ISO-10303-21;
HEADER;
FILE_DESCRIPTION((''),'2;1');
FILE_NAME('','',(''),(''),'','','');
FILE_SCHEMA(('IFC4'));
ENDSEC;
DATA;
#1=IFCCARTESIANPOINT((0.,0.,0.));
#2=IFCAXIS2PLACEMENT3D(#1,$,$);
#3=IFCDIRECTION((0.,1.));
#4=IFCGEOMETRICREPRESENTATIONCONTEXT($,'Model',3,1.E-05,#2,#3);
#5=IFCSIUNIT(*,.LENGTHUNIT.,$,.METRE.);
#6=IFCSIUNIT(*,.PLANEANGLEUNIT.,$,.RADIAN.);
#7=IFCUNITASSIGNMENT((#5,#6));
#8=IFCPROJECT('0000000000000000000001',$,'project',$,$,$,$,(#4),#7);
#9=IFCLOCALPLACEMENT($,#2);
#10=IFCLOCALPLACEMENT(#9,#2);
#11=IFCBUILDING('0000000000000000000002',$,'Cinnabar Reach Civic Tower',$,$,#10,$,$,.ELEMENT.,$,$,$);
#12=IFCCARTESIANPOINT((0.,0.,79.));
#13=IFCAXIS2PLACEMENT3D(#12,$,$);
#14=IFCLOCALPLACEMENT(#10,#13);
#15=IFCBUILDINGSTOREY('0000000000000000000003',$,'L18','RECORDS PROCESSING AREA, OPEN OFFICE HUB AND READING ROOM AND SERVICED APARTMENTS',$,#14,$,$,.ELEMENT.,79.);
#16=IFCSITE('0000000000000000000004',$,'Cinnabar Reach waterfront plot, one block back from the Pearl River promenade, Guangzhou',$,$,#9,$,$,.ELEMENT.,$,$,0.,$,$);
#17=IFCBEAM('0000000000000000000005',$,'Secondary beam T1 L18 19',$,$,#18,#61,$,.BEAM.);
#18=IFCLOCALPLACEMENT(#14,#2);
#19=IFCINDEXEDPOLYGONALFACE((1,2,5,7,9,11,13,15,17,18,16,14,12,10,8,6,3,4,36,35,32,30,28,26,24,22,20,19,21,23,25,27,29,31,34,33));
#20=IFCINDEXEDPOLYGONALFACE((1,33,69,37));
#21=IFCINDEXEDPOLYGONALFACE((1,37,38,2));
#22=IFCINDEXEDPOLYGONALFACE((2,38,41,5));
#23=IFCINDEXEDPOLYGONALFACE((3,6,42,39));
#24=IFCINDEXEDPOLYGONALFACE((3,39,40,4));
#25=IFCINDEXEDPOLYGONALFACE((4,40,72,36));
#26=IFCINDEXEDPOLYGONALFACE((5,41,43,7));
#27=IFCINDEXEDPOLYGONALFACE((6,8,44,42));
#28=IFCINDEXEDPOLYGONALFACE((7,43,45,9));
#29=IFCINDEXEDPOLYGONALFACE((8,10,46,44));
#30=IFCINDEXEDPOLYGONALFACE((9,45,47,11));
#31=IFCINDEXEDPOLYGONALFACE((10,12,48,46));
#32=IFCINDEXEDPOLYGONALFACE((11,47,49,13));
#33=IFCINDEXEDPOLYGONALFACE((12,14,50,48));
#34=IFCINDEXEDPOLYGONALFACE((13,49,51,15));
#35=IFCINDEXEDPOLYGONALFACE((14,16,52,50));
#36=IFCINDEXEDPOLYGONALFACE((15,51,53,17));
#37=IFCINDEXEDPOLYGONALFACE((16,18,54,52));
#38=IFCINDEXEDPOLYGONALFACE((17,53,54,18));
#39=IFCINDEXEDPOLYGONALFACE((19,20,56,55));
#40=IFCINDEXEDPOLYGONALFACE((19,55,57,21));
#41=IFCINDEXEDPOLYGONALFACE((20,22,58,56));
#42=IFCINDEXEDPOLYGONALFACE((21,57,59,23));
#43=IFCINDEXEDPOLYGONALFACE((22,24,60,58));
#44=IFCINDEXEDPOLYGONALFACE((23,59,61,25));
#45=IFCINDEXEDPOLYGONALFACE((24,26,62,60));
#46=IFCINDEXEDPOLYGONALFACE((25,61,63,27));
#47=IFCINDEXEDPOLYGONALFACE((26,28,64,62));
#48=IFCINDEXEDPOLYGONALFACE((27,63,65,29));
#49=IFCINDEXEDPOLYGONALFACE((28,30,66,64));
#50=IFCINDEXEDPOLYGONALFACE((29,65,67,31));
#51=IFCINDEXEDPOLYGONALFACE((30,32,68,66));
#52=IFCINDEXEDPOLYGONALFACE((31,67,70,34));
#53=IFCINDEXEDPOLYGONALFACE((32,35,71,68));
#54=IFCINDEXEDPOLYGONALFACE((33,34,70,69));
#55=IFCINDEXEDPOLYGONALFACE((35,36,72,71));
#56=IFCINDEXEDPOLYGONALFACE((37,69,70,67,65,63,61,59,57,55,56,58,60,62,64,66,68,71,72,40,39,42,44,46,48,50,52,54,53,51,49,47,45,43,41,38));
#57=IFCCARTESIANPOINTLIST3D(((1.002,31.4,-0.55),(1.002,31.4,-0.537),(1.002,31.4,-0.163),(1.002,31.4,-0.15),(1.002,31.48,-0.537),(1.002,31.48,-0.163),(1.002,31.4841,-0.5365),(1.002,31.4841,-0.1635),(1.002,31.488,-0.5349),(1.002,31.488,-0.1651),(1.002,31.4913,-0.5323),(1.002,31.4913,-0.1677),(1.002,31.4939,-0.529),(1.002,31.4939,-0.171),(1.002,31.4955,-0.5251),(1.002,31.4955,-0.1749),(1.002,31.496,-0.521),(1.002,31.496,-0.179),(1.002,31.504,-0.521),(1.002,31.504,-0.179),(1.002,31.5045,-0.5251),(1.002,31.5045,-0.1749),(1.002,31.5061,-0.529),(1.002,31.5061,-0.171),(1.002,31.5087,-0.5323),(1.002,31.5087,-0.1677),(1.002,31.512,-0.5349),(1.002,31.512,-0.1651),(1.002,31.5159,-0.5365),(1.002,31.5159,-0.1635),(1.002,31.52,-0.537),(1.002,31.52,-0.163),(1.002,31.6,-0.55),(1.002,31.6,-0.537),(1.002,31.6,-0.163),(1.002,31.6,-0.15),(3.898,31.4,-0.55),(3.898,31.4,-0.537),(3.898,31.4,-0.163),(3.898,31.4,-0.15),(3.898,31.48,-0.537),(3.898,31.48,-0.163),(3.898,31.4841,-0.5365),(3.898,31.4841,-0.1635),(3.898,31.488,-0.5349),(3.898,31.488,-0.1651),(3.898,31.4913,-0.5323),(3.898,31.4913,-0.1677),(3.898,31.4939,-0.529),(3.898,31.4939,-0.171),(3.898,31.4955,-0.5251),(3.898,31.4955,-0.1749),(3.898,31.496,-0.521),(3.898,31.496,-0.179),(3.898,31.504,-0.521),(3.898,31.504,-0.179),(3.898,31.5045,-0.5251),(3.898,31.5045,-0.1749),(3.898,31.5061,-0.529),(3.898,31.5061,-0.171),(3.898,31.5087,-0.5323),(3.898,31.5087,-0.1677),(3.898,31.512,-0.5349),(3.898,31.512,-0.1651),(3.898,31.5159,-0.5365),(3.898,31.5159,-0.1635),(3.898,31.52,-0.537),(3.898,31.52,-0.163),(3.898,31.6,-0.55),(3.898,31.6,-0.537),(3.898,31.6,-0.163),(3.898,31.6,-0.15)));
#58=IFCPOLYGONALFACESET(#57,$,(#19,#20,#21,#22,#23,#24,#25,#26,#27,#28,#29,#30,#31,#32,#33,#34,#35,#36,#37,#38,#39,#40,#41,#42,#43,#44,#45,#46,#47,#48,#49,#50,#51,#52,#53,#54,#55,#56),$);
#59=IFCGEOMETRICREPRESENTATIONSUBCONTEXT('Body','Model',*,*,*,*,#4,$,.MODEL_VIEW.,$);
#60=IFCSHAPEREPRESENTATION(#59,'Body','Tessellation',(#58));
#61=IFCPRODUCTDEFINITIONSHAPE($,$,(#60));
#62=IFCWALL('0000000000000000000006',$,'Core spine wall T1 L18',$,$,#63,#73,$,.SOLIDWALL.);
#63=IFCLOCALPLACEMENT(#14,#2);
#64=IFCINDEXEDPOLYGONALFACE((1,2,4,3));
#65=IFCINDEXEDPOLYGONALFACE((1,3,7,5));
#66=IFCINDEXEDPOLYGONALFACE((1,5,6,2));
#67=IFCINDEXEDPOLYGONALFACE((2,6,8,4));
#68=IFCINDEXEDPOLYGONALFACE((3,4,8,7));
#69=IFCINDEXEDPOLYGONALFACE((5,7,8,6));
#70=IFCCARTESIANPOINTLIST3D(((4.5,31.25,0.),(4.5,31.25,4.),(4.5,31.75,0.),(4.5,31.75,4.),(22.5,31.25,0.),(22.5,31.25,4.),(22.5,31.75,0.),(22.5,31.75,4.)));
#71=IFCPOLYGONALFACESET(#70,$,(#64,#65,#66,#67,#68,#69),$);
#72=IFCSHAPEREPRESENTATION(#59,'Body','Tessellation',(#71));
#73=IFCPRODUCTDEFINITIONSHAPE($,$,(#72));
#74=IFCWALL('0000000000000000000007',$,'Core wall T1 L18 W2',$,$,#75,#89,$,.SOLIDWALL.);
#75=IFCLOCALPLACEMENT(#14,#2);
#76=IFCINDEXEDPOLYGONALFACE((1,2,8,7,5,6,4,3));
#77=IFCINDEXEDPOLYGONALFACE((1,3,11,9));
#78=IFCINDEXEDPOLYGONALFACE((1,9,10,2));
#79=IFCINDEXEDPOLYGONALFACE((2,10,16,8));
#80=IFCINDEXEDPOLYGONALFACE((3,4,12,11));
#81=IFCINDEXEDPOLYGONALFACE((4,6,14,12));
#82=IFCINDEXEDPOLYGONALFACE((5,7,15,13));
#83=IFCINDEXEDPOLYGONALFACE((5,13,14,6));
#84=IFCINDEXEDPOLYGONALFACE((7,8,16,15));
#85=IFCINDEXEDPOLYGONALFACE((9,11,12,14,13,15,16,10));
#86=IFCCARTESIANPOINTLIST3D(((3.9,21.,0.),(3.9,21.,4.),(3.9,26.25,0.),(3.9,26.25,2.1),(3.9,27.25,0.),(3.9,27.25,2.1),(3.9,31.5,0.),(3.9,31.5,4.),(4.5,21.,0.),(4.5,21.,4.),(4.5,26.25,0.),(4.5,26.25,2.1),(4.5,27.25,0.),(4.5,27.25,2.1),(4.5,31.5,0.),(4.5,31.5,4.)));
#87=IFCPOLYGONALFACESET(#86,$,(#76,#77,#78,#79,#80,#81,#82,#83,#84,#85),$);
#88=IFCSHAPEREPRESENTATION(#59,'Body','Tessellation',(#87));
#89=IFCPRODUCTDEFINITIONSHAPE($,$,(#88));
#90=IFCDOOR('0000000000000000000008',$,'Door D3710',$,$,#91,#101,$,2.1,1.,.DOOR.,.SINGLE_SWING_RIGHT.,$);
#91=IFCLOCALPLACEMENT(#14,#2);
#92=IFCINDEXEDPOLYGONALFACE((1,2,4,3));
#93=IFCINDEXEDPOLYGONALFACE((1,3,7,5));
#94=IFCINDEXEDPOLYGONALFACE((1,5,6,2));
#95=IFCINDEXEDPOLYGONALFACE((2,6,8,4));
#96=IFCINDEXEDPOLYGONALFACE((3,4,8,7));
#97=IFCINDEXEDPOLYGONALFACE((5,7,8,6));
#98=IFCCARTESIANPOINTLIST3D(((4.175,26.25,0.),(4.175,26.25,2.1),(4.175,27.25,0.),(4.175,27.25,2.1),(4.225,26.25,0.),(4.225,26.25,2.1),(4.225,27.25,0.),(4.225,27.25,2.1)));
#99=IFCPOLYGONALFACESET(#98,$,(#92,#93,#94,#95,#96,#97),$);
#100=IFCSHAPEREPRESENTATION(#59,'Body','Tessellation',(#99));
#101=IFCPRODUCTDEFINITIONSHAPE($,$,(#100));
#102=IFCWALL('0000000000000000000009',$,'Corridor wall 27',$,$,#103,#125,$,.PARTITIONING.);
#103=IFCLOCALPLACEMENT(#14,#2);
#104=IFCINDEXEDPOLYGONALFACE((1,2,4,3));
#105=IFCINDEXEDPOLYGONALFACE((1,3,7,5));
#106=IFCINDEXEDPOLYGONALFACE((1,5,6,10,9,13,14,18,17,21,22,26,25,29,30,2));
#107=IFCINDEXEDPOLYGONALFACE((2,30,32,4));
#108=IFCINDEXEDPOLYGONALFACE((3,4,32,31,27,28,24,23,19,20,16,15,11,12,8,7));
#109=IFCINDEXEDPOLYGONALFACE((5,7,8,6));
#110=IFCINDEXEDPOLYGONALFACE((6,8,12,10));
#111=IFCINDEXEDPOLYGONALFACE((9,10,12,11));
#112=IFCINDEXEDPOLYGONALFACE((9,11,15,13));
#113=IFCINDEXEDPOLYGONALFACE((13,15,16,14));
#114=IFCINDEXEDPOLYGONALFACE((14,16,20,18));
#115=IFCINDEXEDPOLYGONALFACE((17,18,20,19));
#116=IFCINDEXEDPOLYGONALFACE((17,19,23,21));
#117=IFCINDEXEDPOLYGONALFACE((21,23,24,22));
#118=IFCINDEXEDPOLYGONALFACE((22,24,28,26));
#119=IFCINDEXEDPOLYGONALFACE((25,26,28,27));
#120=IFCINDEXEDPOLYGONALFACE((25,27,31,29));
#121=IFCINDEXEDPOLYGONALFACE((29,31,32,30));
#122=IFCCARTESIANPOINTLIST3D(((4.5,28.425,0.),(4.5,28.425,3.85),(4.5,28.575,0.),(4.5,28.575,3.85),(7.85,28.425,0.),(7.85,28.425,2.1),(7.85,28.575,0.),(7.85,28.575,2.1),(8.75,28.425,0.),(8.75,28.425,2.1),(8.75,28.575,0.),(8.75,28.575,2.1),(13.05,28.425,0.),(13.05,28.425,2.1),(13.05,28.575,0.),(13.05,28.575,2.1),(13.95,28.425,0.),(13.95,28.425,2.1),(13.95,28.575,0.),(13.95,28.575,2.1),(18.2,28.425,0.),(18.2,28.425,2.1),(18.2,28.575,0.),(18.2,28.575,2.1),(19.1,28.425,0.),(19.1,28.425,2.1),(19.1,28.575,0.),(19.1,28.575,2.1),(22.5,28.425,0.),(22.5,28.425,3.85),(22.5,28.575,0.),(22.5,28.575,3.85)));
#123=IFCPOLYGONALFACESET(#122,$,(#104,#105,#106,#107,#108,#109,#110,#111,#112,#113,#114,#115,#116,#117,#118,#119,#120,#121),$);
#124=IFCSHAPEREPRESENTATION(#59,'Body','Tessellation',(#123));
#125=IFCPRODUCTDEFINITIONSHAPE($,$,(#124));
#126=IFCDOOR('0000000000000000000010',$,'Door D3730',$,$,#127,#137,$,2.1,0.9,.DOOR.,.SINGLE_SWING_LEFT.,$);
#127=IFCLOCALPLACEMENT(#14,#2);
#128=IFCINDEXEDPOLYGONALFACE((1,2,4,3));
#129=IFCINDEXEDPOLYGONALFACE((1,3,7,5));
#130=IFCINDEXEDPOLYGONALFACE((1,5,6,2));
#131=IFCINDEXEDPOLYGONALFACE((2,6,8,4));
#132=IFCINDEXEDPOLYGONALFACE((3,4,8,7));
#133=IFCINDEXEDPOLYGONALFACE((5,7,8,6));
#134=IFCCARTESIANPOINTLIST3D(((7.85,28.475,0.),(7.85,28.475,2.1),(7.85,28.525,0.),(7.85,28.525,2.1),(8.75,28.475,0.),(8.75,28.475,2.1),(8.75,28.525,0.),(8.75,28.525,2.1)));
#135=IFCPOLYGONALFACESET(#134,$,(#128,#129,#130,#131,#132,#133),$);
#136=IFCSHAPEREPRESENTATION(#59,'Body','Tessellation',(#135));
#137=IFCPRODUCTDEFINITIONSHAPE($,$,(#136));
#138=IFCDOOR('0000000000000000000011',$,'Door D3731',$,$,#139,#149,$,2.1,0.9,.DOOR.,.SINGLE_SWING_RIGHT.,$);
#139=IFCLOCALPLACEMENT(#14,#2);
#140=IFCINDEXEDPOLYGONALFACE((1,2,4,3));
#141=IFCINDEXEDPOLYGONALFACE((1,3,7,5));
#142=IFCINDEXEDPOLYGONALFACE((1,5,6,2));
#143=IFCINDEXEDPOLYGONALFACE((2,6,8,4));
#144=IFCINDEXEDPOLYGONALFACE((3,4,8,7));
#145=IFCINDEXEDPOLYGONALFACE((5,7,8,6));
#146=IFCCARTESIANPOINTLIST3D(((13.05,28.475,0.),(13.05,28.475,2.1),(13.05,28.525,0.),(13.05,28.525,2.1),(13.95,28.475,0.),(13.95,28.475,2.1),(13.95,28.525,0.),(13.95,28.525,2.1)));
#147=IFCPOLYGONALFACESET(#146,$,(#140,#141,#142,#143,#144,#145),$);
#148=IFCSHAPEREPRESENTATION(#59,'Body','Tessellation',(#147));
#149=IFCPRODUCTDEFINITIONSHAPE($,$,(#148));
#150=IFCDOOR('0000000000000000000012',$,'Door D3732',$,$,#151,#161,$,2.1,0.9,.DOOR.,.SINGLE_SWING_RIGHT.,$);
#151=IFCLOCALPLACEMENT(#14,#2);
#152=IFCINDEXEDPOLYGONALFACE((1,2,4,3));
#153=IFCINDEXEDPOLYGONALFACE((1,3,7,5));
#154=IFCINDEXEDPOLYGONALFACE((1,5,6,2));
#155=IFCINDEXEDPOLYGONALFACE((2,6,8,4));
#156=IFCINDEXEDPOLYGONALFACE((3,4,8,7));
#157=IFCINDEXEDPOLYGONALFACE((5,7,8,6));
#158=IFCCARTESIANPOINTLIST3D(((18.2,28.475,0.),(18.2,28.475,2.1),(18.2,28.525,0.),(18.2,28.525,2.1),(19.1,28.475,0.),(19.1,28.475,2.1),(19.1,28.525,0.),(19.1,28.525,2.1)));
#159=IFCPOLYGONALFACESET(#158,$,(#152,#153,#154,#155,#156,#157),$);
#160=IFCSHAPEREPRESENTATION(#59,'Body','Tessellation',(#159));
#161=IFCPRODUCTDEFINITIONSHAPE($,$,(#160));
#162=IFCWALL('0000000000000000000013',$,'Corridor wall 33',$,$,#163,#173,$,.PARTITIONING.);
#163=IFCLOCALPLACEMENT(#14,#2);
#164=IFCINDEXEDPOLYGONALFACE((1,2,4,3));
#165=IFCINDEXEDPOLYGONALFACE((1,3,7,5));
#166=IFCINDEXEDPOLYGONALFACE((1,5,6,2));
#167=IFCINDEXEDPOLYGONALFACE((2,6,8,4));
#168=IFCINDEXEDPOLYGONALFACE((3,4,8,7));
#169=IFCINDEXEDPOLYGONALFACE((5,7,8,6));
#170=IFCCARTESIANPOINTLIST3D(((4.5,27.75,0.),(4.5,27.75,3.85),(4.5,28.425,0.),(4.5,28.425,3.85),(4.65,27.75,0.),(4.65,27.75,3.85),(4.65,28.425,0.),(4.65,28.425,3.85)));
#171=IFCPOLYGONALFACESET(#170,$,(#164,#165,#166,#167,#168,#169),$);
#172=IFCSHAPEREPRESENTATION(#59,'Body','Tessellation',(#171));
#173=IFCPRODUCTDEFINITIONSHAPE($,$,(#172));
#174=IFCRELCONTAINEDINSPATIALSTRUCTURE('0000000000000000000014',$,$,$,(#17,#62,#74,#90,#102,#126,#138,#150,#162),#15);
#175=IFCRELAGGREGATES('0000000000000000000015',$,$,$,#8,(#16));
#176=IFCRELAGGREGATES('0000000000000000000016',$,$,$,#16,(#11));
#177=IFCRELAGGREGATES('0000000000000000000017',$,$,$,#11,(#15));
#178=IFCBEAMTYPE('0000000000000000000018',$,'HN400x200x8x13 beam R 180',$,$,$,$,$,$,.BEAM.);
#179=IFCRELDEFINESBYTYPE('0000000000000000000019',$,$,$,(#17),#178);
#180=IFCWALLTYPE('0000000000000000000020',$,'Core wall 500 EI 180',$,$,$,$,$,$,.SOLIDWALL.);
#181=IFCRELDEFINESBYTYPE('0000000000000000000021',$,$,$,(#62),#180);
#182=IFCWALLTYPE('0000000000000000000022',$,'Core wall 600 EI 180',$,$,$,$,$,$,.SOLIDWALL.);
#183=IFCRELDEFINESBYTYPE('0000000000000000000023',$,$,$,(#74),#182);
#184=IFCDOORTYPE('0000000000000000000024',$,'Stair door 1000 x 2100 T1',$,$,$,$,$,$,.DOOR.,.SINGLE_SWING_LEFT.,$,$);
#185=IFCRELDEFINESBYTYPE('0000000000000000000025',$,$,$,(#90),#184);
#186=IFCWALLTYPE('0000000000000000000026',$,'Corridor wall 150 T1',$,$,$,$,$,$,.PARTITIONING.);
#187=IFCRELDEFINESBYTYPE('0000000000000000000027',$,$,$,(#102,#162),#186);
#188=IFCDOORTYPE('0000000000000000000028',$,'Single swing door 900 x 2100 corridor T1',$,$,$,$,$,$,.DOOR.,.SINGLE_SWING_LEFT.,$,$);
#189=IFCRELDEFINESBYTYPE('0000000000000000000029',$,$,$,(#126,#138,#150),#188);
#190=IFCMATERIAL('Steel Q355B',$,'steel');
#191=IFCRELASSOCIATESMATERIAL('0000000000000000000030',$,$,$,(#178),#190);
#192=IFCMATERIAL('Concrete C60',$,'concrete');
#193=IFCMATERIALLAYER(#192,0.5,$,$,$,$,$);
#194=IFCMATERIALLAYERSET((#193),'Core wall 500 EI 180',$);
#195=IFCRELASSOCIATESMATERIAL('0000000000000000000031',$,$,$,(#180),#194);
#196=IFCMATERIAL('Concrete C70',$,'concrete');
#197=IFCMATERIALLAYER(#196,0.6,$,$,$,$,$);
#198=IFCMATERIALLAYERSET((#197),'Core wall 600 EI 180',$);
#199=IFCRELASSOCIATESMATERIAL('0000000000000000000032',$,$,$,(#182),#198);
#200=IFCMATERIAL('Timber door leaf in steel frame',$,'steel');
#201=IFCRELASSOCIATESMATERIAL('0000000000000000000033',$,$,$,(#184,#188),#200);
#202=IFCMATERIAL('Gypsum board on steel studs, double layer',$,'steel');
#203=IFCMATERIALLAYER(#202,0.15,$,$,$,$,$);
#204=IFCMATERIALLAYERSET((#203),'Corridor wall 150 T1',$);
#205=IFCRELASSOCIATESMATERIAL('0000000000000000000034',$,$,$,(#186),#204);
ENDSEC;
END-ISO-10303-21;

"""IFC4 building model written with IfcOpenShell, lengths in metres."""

from ifc_helpers import new_model, si_unit, direction, frame, frame_2d, origin, origin_2d, place, context, subcontext, project, spatial, rectangle, i_section, extrude, material, layer, layer_set, material_profile, profile_set, type_object, element, fill, save


model = new_model("IFC4")

# Units and contexts
model_context = context("Model", 3, precision=1e-05, world=origin(), true_north=direction((0.0, 1.0)))
body_context = subcontext(model_context, "Body", "Model", "MODEL_VIEW")
ifc_project = project(units=[si_unit("LENGTHUNIT", "METRE"), si_unit("PLANEANGLEUNIT", "RADIAN")], contexts=[model_context])

# Site, building, storey
site_placement = place(None, origin())
site = spatial("IfcSite", under=ifc_project, at=site_placement, Name="Cinnabar Reach waterfront plot, one block back from the Pearl River promenade, Guangzhou", CompositionType="ELEMENT", RefElevation=0.0)
building_placement = place(site_placement, origin())
building = spatial("IfcBuilding", under=site, at=building_placement, Name="Cinnabar Reach Civic Tower", CompositionType="ELEMENT")
storey_placement = place(building_placement, frame((0.0, 0.0, 79.0)))
storey = spatial("IfcBuildingStorey", under=building, at=storey_placement, Name="L18", Description="RECORDS PROCESSING AREA, OPEN OFFICE HUB AND READING ROOM AND SERVICED APARTMENTS", CompositionType="ELEMENT", Elevation=79.0)

# Beam
ifc_material_1 = material(Name="Steel Q355B", Category="steel")
ifc_material_profile = material_profile(ifc_material_1, i_section(OverallWidth=0.2, OverallDepth=0.4, WebThickness=0.008, FlangeThickness=0.013, FilletRadius=0.016, at=origin_2d()), Name="HN400x200x8x13")
ifc_profile_set = profile_set([ifc_material_profile], Name="Steel Q355B")
beam_type = type_object("IfcBeamType", Name="HN400x200x8x13 beam R 180", PredefinedType="BEAM", material=ifc_profile_set)
beam_placement = place(storey_placement, frame((1.002, 31.5, -0.35), z_axis=(1.0, 0.0, 0.0), x_axis=(0.0, 1.0, 0.0)))
element("IfcBeam", 1, at=beam_placement, inside=storey, type_object=beam_type, Name="Secondary beam T1 L18 19", PredefinedType="BEAM", context=body_context, shape_type="SweptSolid", body=[
    extrude(i_section(OverallWidth=0.2, OverallDepth=0.4, WebThickness=0.008, FlangeThickness=0.013, FilletRadius=0.016, at=origin_2d()), origin(), (0.0, 0.0, 1.0), 2.896),
])

# Wall
ifc_material_2 = material(Name="Concrete C60", Category="concrete")
ifc_layer_1 = layer(ifc_material_2, 0.5)
ifc_layer_set_1 = layer_set([ifc_layer_1], Name="Core wall 500 EI 180")
wall_type_1 = type_object("IfcWallType", Name="Core wall 500 EI 180", PredefinedType="SOLIDWALL", material=ifc_layer_set_1)
wall_1_placement = place(storey_placement, frame((4.5, 31.5, 0.0), z_axis=(0.0, 0.0, 1.0), x_axis=(1.0, 0.0, 0.0)))
element("IfcWall", 2, at=wall_1_placement, inside=storey, type_object=wall_type_1, Name="Core spine wall T1 L18", PredefinedType="SOLIDWALL", context=body_context, shape_type="SweptSolid", body=[
    extrude(rectangle(XDim=18.0, YDim=0.5, at=frame_2d((9.0, 0.0))), origin(), (0.0, 0.0, 1.0), 4.0),
])

# Wall, opening, door
ifc_material_3 = material(Name="Concrete C70", Category="concrete")
ifc_layer_2 = layer(ifc_material_3, 0.6)
ifc_layer_set_2 = layer_set([ifc_layer_2], Name="Core wall 600 EI 180")
wall_type_2 = type_object("IfcWallType", Name="Core wall 600 EI 180", PredefinedType="SOLIDWALL", material=ifc_layer_set_2)
wall_2_placement = place(storey_placement, frame((4.2, 31.5, 0.0), z_axis=(0.0, 0.0, 1.0), x_axis=(0.0, -1.0, 0.0)))
wall_2 = element("IfcWall", 3, at=wall_2_placement, inside=storey, type_object=wall_type_2, Name="Core wall T1 L18 W2", PredefinedType="SOLIDWALL", context=body_context, shape_type="SweptSolid", body=[
    extrude(rectangle(XDim=10.5, YDim=0.6, at=frame_2d((5.25, 0.0))), origin(), (0.0, 0.0, 1.0), 4.0),
])
opening_1_placement = place(wall_2_placement, frame((4.25, 0.0, 0.0)))
opening_1 = element("IfcOpeningElement", 4, at=opening_1_placement, cuts=wall_2, PredefinedType="OPENING", context=body_context, shape_type="SweptSolid", body=[
    extrude(rectangle(XDim=1.0, YDim=2.1, at=frame_2d((0.5, 1.05))), frame((0.0, 0.31, 0.0), z_axis=(0.0, -1.0, 0.0), x_axis=(1.0, 0.0, 0.0)), (0.0, 0.0, 1.0), 0.62),
])
ifc_material_4 = material(Name="Timber door leaf in steel frame", Category="steel")
door_type_1 = type_object("IfcDoorType", Name="Stair door 1000 x 2100 T1", OperationType="SINGLE_SWING_LEFT", PredefinedType="DOOR", material=ifc_material_4)
door_1_placement = place(opening_1_placement, frame((1.0, 0.0, 0.0), z_axis=(0.0, 0.0, 1.0), x_axis=(-1.0, 0.0, 0.0)))
door_1 = element("IfcDoor", 5, at=door_1_placement, inside=storey, type_object=door_type_1, Name="Door D3710", OperationType="SINGLE_SWING_RIGHT", OverallHeight=2.1, OverallWidth=1.0, PredefinedType="DOOR", context=body_context, shape_type="SweptSolid", body=[
    extrude(rectangle(XDim=1.0, YDim=2.1, at=frame_2d((0.5, 1.05))), frame((0.0, 0.025, 0.0), z_axis=(0.0, -1.0, 0.0), x_axis=(1.0, 0.0, 0.0)), (0.0, 0.0, 1.0), 0.05),
])
fill(opening_1, door_1)

# Wall, openings, doors
ifc_material_5 = material(Name="Gypsum board on steel studs, double layer", Category="steel")
ifc_layer_3 = layer(ifc_material_5, 0.15)
ifc_layer_set_3 = layer_set([ifc_layer_3], Name="Corridor wall 150 T1")
wall_type_3 = type_object("IfcWallType", Name="Corridor wall 150 T1", PredefinedType="PARTITIONING", material=ifc_layer_set_3)
wall_3_placement = place(storey_placement, frame((4.5, 28.5, 0.0), z_axis=(0.0, 0.0, 1.0), x_axis=(1.0, 0.0, 0.0)))
wall_3 = element("IfcWall", 6, at=wall_3_placement, inside=storey, type_object=wall_type_3, Name="Corridor wall 27", PredefinedType="PARTITIONING", context=body_context, shape_type="SweptSolid", body=[
    extrude(rectangle(XDim=18.0, YDim=0.15, at=frame_2d((9.0, 0.0))), origin(), (0.0, 0.0, 1.0), 3.85),
])
opening_2_placement = place(wall_3_placement, frame((3.35, 0.0, 0.0)))
opening_2 = element("IfcOpeningElement", 7, at=opening_2_placement, cuts=wall_3, PredefinedType="OPENING", context=body_context, shape_type="SweptSolid", body=[
    extrude(rectangle(XDim=0.9, YDim=2.1, at=frame_2d((0.45, 1.05))), frame((0.0, 0.085, 0.0), z_axis=(0.0, -1.0, 0.0), x_axis=(1.0, 0.0, 0.0)), (0.0, 0.0, 1.0), 0.17),
])
opening_3_placement = place(wall_3_placement, frame((8.55, 0.0, 0.0)))
opening_3 = element("IfcOpeningElement", 8, at=opening_3_placement, cuts=wall_3, PredefinedType="OPENING", context=body_context, shape_type="SweptSolid", body=[
    extrude(rectangle(XDim=0.9, YDim=2.1, at=frame_2d((0.45, 1.05))), frame((0.0, 0.085, 0.0), z_axis=(0.0, -1.0, 0.0), x_axis=(1.0, 0.0, 0.0)), (0.0, 0.0, 1.0), 0.17),
])
opening_4_placement = place(wall_3_placement, frame((13.7, 0.0, 0.0)))
opening_4 = element("IfcOpeningElement", 9, at=opening_4_placement, cuts=wall_3, PredefinedType="OPENING", context=body_context, shape_type="SweptSolid", body=[
    extrude(rectangle(XDim=0.9, YDim=2.1, at=frame_2d((0.45, 1.05))), frame((0.0, 0.085, 0.0), z_axis=(0.0, -1.0, 0.0), x_axis=(1.0, 0.0, 0.0)), (0.0, 0.0, 1.0), 0.17),
])
door_type_2 = type_object("IfcDoorType", Name="Single swing door 900 x 2100 corridor T1", OperationType="SINGLE_SWING_LEFT", PredefinedType="DOOR", material=ifc_material_4)
door_2_placement = place(opening_2_placement, origin())
door_2 = element("IfcDoor", 10, at=door_2_placement, inside=storey, type_object=door_type_2, Name="Door D3730", OperationType="SINGLE_SWING_LEFT", OverallHeight=2.1, OverallWidth=0.9, PredefinedType="DOOR", context=body_context, shape_type="SweptSolid", body=[
    extrude(rectangle(XDim=0.9, YDim=2.1, at=frame_2d((0.45, 1.05))), frame((0.0, 0.025, 0.0), z_axis=(0.0, -1.0, 0.0), x_axis=(1.0, 0.0, 0.0)), (0.0, 0.0, 1.0), 0.05),
])
fill(opening_2, door_2)
door_3_placement = place(opening_3_placement, origin())
door_3 = element("IfcDoor", 11, at=door_3_placement, inside=storey, type_object=door_type_2, Name="Door D3731", OperationType="SINGLE_SWING_RIGHT", OverallHeight=2.1, OverallWidth=0.9, PredefinedType="DOOR", context=body_context, shape_type="SweptSolid", body=[
    extrude(rectangle(XDim=0.9, YDim=2.1, at=frame_2d((0.45, 1.05))), frame((0.0, 0.025, 0.0), z_axis=(0.0, -1.0, 0.0), x_axis=(1.0, 0.0, 0.0)), (0.0, 0.0, 1.0), 0.05),
])
fill(opening_3, door_3)
door_4_placement = place(opening_4_placement, origin())
door_4 = element("IfcDoor", 12, at=door_4_placement, inside=storey, type_object=door_type_2, Name="Door D3732", OperationType="SINGLE_SWING_RIGHT", OverallHeight=2.1, OverallWidth=0.9, PredefinedType="DOOR", context=body_context, shape_type="SweptSolid", body=[
    extrude(rectangle(XDim=0.9, YDim=2.1, at=frame_2d((0.45, 1.05))), frame((0.0, 0.025, 0.0), z_axis=(0.0, -1.0, 0.0), x_axis=(1.0, 0.0, 0.0)), (0.0, 0.0, 1.0), 0.05),
])
fill(opening_4, door_4)

# Wall
wall_4_placement = place(storey_placement, frame((4.575, 27.75, 0.0), z_axis=(0.0, 0.0, 1.0), x_axis=(0.0, 1.0, 0.0)))
element("IfcWall", 13, at=wall_4_placement, inside=storey, type_object=wall_type_3, Name="Corridor wall 33", PredefinedType="PARTITIONING", context=body_context, shape_type="SweptSolid", body=[
    extrude(rectangle(XDim=0.675, YDim=0.15, at=frame_2d((0.3375, 0.0))), origin(), (0.0, 0.0, 1.0), 3.85),
])

save(model, "model.ifc")
